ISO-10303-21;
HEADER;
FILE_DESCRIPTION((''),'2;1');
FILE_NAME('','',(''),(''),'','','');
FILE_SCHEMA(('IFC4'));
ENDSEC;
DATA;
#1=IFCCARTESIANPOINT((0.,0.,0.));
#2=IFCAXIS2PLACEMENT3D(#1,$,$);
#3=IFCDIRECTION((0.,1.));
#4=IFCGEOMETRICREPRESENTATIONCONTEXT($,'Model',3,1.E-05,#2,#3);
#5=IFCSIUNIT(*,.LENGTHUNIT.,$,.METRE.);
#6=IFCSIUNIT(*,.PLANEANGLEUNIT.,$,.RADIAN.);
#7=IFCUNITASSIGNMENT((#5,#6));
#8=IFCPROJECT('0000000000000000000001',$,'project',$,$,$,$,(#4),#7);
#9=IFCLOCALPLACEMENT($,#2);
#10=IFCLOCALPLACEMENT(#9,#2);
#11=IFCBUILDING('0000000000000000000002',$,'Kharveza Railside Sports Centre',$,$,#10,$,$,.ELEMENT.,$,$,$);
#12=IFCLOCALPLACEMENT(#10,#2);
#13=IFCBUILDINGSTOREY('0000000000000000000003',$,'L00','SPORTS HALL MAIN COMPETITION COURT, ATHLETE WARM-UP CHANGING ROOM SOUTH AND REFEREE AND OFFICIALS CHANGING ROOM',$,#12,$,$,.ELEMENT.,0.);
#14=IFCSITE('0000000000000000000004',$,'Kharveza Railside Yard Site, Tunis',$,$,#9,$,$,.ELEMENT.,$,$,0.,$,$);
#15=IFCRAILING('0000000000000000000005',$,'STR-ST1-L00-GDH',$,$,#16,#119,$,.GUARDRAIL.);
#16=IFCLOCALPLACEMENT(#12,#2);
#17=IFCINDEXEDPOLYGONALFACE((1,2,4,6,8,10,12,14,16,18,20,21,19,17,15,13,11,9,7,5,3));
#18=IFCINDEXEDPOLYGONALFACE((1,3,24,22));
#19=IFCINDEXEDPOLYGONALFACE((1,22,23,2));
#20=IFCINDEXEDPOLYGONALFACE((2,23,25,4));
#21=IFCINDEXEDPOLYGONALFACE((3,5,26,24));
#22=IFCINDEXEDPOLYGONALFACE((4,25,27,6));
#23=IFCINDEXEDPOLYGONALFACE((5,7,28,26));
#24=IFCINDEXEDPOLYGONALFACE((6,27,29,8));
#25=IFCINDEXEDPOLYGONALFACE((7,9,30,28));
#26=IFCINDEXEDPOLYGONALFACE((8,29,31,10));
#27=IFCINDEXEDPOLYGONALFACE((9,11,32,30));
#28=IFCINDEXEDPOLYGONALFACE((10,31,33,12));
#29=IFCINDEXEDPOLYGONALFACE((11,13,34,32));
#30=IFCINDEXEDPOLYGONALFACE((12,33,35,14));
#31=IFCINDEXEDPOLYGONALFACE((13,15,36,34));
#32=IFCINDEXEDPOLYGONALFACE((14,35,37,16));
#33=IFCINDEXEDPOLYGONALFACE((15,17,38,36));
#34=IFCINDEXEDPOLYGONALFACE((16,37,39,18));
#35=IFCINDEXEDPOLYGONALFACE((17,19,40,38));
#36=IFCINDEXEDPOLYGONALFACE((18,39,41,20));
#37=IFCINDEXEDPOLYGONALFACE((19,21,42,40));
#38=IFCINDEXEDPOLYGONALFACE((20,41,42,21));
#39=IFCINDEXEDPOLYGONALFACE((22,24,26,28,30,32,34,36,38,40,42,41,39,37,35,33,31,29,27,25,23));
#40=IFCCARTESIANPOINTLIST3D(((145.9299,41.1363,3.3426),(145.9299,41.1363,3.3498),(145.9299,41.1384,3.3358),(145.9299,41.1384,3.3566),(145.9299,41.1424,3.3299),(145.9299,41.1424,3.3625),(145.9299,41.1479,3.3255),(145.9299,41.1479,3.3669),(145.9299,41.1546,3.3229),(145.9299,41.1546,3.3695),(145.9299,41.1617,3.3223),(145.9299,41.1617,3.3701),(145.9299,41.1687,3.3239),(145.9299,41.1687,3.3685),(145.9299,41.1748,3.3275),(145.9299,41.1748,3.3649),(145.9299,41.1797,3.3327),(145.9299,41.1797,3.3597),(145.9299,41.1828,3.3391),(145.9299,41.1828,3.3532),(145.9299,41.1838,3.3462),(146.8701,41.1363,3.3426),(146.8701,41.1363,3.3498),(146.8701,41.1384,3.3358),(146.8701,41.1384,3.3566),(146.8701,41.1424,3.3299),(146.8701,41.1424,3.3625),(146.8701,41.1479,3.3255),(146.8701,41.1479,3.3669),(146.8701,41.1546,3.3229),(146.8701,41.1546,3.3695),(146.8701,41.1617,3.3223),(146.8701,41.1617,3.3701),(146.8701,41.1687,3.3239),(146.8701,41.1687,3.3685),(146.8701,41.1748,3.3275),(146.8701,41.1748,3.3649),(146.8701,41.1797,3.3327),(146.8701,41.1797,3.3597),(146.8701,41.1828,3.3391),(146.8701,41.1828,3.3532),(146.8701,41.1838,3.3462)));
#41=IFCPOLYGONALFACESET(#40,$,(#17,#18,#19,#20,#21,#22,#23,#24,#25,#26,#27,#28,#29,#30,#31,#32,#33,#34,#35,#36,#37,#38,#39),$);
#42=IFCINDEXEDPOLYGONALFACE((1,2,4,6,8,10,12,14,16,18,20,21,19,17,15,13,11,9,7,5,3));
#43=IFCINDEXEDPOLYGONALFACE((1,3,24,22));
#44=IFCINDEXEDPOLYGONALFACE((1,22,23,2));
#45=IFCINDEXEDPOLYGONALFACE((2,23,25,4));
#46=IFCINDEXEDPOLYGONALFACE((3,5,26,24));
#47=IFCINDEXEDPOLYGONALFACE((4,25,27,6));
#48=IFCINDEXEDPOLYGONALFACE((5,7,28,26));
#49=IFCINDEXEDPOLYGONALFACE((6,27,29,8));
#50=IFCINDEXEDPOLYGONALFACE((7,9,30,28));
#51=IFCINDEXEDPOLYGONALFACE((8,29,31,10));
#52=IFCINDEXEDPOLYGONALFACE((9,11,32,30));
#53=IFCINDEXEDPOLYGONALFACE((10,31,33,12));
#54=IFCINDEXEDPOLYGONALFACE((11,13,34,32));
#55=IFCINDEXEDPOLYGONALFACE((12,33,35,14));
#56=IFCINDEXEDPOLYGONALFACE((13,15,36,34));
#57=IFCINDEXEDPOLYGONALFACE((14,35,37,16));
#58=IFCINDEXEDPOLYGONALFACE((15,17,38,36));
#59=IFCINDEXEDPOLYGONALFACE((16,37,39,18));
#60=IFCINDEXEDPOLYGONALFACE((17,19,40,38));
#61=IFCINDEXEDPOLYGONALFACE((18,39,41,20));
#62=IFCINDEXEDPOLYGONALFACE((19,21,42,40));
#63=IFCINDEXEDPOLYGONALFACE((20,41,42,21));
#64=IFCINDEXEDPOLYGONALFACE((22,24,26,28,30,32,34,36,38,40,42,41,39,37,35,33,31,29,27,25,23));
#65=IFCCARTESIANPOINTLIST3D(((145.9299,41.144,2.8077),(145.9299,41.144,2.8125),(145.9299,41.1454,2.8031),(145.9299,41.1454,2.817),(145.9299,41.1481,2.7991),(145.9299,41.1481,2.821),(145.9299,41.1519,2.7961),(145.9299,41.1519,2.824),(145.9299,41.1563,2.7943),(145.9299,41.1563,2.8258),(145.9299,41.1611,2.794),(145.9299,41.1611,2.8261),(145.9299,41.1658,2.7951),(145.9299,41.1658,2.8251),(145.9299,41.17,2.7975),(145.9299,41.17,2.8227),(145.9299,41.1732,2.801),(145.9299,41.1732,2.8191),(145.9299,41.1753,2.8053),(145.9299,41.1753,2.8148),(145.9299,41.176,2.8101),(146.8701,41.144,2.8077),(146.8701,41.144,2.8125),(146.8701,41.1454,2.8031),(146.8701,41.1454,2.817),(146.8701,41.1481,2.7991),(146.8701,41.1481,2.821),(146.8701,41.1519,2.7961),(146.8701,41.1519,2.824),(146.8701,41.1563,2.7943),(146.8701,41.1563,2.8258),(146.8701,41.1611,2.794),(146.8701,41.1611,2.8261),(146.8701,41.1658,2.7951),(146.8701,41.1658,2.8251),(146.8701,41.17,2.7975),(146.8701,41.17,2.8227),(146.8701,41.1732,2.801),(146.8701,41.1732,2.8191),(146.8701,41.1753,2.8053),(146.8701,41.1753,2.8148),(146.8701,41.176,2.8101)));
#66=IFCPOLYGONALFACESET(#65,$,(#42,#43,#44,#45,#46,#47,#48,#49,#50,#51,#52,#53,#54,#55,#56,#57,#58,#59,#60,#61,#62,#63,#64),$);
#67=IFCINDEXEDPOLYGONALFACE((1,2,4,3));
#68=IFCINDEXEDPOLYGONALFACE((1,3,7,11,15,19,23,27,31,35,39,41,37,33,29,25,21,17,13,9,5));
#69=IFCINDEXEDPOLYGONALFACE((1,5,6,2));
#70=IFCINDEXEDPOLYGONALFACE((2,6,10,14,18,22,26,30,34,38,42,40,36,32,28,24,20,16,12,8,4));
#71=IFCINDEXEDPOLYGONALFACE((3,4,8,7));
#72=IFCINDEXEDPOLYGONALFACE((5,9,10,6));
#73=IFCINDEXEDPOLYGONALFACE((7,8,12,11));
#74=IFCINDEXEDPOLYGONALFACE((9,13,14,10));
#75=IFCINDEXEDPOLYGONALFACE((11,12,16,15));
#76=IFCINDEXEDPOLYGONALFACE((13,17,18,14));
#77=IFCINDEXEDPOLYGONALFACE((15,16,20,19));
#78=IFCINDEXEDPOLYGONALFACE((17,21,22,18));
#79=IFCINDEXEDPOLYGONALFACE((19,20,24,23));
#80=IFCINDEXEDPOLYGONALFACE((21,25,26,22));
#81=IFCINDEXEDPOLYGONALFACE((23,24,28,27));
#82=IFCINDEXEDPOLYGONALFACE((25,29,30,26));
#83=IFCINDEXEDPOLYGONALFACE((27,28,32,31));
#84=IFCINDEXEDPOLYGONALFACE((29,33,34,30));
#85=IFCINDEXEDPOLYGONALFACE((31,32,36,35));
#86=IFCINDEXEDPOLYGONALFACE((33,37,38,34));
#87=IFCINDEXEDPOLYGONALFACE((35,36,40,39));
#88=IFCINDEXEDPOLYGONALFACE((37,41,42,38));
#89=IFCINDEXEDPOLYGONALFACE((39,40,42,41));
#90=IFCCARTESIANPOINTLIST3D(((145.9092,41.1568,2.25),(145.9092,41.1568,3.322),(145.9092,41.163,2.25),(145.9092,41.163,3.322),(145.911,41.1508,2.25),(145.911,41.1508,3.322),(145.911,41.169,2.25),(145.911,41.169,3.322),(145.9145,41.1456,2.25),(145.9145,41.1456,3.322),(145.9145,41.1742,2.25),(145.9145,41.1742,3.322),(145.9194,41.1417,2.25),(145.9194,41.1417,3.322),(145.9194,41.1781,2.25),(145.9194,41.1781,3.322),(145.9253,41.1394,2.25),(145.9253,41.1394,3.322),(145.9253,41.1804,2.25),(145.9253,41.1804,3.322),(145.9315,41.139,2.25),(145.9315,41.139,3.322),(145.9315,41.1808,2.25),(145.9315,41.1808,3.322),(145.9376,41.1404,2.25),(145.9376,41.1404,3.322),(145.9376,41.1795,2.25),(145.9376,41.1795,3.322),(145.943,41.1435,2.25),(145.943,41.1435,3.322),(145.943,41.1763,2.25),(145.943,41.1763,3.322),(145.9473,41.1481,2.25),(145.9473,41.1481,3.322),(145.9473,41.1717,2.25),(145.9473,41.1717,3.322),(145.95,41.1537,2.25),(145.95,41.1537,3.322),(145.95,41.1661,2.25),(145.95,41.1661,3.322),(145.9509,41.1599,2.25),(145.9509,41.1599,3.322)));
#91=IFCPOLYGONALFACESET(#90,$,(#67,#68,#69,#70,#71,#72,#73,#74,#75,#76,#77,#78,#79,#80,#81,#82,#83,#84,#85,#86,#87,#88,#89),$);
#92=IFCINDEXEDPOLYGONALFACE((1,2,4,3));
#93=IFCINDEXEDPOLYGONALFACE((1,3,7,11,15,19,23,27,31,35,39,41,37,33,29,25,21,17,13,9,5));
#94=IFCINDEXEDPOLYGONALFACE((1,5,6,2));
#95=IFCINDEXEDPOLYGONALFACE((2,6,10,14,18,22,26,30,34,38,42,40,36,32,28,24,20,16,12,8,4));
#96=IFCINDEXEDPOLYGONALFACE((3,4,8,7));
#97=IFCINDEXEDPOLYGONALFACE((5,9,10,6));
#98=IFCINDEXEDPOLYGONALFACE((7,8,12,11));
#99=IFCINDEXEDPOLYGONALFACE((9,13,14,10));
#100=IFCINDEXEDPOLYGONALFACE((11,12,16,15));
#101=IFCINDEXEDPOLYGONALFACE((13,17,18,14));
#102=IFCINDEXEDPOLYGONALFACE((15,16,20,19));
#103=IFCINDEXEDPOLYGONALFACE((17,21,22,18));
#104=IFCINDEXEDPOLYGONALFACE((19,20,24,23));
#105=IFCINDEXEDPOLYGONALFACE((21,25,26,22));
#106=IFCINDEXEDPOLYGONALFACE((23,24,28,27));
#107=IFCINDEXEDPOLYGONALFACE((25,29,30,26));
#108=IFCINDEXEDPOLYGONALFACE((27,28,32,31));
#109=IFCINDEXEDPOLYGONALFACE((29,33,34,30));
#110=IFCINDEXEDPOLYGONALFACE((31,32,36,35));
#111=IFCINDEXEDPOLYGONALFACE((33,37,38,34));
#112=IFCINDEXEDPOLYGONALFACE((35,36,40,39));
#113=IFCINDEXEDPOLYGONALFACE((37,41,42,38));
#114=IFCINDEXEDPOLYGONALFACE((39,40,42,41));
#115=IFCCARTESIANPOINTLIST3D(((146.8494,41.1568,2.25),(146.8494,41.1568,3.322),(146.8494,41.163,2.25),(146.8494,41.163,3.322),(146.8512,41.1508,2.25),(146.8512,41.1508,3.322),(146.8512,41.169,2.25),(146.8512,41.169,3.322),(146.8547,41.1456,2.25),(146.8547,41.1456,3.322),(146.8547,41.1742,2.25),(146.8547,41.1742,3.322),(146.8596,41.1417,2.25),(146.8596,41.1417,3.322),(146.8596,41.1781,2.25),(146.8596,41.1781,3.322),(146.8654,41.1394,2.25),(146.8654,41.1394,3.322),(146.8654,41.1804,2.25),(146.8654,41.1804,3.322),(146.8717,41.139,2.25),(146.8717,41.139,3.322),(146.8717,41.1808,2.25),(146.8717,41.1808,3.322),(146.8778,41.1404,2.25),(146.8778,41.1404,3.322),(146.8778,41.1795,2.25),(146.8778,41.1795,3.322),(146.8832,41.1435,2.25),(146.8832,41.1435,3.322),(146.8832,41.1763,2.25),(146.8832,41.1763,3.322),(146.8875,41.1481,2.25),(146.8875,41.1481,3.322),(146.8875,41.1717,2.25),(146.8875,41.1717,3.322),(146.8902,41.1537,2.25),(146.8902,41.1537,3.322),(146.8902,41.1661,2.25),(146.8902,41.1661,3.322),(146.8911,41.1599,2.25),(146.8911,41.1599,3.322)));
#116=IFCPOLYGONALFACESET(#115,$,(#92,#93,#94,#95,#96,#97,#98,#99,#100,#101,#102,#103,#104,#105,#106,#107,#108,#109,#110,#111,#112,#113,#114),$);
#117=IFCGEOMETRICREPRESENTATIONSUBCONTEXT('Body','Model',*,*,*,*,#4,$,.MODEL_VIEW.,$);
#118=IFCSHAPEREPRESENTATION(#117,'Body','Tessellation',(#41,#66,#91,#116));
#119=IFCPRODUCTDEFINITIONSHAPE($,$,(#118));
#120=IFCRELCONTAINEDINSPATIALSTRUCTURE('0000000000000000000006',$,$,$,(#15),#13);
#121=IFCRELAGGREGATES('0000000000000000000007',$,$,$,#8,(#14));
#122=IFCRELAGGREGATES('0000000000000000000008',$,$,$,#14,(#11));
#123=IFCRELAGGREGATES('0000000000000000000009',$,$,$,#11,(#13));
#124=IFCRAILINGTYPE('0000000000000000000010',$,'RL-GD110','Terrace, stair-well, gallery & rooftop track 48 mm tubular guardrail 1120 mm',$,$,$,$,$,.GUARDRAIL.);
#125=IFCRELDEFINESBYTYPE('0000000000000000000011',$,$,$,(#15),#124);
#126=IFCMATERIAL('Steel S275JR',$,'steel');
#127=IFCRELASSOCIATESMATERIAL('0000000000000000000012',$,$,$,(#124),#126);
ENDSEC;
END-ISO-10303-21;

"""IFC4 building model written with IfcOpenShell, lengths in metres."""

from ifc_helpers import new_model, si_unit, direction, frame, origin, origin_2d, place, context, subcontext, project, spatial, circle, extrude, material, type_object, element, save


model = new_model("IFC4")

# Units and contexts
model_context = context("Model", 3, precision=1e-05, world=origin(), true_north=direction((0.0, 1.0)))
body_context = subcontext(model_context, "Body", "Model", "MODEL_VIEW")
ifc_project = project(units=[si_unit("LENGTHUNIT", "METRE"), si_unit("PLANEANGLEUNIT", "RADIAN")], contexts=[model_context])

# Site, building, storey
site_placement = place(None, origin())
site = spatial("IfcSite", under=ifc_project, at=site_placement, Name="Kharveza Railside Yard Site, Tunis", CompositionType="ELEMENT", RefElevation=0.0)
building_placement = place(site_placement, origin())
building = spatial("IfcBuilding", under=site, at=building_placement, Name="Kharveza Railside Sports Centre", CompositionType="ELEMENT")
storey_placement = place(building_placement, origin())
storey = spatial("IfcBuildingStorey", under=building, at=storey_placement, Name="L00", Description="SPORTS HALL MAIN COMPETITION COURT, ATHLETE WARM-UP CHANGING ROOM SOUTH AND REFEREE AND OFFICIALS CHANGING ROOM", CompositionType="ELEMENT", Elevation=0.0)

# Railing
ifc_material_1 = material(Name="Steel S275JR", Category="steel")
railing_type_1 = type_object("IfcRailingType", Name="RL-GD110", Description="Terrace, stair-well, gallery & rooftop track 48 mm tubular guardrail 1120 mm", PredefinedType="GUARDRAIL", material=ifc_material_1)
railing_1_placement = place(storey_placement, frame((145.9299, 41.1599, 2.25)))
element("IfcRailing", 1, at=railing_1_placement, inside=storey, type_object=railing_type_1, Name="STR-ST1-L00-GDH", PredefinedType="GUARDRAIL", context=body_context, shape_type="SweptSolid", body=[
    extrude(circle(Radius=0.0239, at=origin_2d()), frame((0.0, 0.0, 1.0962), z_axis=(1.0, 0.0, 0.0), x_axis=(0.0, 1.0, 0.0)), (0.0, 0.0, 1.0), 0.9402),
    extrude(circle(Radius=0.0161, at=origin_2d()), frame((0.0, 0.0, 0.5601), z_axis=(1.0, 0.0, 0.0), x_axis=(0.0, 1.0, 0.0)), (0.0, 0.0, 1.0), 0.9402),
    extrude(circle(Radius=0.021, at=origin_2d()), origin(), (0.0, 0.0, 1.0), 1.072),
    extrude(circle(Radius=0.021, at=origin_2d()), frame((0.9402, 0.0, 0.0)), (0.0, 0.0, 1.0), 1.072),
])

save(model, "model.ifc")
